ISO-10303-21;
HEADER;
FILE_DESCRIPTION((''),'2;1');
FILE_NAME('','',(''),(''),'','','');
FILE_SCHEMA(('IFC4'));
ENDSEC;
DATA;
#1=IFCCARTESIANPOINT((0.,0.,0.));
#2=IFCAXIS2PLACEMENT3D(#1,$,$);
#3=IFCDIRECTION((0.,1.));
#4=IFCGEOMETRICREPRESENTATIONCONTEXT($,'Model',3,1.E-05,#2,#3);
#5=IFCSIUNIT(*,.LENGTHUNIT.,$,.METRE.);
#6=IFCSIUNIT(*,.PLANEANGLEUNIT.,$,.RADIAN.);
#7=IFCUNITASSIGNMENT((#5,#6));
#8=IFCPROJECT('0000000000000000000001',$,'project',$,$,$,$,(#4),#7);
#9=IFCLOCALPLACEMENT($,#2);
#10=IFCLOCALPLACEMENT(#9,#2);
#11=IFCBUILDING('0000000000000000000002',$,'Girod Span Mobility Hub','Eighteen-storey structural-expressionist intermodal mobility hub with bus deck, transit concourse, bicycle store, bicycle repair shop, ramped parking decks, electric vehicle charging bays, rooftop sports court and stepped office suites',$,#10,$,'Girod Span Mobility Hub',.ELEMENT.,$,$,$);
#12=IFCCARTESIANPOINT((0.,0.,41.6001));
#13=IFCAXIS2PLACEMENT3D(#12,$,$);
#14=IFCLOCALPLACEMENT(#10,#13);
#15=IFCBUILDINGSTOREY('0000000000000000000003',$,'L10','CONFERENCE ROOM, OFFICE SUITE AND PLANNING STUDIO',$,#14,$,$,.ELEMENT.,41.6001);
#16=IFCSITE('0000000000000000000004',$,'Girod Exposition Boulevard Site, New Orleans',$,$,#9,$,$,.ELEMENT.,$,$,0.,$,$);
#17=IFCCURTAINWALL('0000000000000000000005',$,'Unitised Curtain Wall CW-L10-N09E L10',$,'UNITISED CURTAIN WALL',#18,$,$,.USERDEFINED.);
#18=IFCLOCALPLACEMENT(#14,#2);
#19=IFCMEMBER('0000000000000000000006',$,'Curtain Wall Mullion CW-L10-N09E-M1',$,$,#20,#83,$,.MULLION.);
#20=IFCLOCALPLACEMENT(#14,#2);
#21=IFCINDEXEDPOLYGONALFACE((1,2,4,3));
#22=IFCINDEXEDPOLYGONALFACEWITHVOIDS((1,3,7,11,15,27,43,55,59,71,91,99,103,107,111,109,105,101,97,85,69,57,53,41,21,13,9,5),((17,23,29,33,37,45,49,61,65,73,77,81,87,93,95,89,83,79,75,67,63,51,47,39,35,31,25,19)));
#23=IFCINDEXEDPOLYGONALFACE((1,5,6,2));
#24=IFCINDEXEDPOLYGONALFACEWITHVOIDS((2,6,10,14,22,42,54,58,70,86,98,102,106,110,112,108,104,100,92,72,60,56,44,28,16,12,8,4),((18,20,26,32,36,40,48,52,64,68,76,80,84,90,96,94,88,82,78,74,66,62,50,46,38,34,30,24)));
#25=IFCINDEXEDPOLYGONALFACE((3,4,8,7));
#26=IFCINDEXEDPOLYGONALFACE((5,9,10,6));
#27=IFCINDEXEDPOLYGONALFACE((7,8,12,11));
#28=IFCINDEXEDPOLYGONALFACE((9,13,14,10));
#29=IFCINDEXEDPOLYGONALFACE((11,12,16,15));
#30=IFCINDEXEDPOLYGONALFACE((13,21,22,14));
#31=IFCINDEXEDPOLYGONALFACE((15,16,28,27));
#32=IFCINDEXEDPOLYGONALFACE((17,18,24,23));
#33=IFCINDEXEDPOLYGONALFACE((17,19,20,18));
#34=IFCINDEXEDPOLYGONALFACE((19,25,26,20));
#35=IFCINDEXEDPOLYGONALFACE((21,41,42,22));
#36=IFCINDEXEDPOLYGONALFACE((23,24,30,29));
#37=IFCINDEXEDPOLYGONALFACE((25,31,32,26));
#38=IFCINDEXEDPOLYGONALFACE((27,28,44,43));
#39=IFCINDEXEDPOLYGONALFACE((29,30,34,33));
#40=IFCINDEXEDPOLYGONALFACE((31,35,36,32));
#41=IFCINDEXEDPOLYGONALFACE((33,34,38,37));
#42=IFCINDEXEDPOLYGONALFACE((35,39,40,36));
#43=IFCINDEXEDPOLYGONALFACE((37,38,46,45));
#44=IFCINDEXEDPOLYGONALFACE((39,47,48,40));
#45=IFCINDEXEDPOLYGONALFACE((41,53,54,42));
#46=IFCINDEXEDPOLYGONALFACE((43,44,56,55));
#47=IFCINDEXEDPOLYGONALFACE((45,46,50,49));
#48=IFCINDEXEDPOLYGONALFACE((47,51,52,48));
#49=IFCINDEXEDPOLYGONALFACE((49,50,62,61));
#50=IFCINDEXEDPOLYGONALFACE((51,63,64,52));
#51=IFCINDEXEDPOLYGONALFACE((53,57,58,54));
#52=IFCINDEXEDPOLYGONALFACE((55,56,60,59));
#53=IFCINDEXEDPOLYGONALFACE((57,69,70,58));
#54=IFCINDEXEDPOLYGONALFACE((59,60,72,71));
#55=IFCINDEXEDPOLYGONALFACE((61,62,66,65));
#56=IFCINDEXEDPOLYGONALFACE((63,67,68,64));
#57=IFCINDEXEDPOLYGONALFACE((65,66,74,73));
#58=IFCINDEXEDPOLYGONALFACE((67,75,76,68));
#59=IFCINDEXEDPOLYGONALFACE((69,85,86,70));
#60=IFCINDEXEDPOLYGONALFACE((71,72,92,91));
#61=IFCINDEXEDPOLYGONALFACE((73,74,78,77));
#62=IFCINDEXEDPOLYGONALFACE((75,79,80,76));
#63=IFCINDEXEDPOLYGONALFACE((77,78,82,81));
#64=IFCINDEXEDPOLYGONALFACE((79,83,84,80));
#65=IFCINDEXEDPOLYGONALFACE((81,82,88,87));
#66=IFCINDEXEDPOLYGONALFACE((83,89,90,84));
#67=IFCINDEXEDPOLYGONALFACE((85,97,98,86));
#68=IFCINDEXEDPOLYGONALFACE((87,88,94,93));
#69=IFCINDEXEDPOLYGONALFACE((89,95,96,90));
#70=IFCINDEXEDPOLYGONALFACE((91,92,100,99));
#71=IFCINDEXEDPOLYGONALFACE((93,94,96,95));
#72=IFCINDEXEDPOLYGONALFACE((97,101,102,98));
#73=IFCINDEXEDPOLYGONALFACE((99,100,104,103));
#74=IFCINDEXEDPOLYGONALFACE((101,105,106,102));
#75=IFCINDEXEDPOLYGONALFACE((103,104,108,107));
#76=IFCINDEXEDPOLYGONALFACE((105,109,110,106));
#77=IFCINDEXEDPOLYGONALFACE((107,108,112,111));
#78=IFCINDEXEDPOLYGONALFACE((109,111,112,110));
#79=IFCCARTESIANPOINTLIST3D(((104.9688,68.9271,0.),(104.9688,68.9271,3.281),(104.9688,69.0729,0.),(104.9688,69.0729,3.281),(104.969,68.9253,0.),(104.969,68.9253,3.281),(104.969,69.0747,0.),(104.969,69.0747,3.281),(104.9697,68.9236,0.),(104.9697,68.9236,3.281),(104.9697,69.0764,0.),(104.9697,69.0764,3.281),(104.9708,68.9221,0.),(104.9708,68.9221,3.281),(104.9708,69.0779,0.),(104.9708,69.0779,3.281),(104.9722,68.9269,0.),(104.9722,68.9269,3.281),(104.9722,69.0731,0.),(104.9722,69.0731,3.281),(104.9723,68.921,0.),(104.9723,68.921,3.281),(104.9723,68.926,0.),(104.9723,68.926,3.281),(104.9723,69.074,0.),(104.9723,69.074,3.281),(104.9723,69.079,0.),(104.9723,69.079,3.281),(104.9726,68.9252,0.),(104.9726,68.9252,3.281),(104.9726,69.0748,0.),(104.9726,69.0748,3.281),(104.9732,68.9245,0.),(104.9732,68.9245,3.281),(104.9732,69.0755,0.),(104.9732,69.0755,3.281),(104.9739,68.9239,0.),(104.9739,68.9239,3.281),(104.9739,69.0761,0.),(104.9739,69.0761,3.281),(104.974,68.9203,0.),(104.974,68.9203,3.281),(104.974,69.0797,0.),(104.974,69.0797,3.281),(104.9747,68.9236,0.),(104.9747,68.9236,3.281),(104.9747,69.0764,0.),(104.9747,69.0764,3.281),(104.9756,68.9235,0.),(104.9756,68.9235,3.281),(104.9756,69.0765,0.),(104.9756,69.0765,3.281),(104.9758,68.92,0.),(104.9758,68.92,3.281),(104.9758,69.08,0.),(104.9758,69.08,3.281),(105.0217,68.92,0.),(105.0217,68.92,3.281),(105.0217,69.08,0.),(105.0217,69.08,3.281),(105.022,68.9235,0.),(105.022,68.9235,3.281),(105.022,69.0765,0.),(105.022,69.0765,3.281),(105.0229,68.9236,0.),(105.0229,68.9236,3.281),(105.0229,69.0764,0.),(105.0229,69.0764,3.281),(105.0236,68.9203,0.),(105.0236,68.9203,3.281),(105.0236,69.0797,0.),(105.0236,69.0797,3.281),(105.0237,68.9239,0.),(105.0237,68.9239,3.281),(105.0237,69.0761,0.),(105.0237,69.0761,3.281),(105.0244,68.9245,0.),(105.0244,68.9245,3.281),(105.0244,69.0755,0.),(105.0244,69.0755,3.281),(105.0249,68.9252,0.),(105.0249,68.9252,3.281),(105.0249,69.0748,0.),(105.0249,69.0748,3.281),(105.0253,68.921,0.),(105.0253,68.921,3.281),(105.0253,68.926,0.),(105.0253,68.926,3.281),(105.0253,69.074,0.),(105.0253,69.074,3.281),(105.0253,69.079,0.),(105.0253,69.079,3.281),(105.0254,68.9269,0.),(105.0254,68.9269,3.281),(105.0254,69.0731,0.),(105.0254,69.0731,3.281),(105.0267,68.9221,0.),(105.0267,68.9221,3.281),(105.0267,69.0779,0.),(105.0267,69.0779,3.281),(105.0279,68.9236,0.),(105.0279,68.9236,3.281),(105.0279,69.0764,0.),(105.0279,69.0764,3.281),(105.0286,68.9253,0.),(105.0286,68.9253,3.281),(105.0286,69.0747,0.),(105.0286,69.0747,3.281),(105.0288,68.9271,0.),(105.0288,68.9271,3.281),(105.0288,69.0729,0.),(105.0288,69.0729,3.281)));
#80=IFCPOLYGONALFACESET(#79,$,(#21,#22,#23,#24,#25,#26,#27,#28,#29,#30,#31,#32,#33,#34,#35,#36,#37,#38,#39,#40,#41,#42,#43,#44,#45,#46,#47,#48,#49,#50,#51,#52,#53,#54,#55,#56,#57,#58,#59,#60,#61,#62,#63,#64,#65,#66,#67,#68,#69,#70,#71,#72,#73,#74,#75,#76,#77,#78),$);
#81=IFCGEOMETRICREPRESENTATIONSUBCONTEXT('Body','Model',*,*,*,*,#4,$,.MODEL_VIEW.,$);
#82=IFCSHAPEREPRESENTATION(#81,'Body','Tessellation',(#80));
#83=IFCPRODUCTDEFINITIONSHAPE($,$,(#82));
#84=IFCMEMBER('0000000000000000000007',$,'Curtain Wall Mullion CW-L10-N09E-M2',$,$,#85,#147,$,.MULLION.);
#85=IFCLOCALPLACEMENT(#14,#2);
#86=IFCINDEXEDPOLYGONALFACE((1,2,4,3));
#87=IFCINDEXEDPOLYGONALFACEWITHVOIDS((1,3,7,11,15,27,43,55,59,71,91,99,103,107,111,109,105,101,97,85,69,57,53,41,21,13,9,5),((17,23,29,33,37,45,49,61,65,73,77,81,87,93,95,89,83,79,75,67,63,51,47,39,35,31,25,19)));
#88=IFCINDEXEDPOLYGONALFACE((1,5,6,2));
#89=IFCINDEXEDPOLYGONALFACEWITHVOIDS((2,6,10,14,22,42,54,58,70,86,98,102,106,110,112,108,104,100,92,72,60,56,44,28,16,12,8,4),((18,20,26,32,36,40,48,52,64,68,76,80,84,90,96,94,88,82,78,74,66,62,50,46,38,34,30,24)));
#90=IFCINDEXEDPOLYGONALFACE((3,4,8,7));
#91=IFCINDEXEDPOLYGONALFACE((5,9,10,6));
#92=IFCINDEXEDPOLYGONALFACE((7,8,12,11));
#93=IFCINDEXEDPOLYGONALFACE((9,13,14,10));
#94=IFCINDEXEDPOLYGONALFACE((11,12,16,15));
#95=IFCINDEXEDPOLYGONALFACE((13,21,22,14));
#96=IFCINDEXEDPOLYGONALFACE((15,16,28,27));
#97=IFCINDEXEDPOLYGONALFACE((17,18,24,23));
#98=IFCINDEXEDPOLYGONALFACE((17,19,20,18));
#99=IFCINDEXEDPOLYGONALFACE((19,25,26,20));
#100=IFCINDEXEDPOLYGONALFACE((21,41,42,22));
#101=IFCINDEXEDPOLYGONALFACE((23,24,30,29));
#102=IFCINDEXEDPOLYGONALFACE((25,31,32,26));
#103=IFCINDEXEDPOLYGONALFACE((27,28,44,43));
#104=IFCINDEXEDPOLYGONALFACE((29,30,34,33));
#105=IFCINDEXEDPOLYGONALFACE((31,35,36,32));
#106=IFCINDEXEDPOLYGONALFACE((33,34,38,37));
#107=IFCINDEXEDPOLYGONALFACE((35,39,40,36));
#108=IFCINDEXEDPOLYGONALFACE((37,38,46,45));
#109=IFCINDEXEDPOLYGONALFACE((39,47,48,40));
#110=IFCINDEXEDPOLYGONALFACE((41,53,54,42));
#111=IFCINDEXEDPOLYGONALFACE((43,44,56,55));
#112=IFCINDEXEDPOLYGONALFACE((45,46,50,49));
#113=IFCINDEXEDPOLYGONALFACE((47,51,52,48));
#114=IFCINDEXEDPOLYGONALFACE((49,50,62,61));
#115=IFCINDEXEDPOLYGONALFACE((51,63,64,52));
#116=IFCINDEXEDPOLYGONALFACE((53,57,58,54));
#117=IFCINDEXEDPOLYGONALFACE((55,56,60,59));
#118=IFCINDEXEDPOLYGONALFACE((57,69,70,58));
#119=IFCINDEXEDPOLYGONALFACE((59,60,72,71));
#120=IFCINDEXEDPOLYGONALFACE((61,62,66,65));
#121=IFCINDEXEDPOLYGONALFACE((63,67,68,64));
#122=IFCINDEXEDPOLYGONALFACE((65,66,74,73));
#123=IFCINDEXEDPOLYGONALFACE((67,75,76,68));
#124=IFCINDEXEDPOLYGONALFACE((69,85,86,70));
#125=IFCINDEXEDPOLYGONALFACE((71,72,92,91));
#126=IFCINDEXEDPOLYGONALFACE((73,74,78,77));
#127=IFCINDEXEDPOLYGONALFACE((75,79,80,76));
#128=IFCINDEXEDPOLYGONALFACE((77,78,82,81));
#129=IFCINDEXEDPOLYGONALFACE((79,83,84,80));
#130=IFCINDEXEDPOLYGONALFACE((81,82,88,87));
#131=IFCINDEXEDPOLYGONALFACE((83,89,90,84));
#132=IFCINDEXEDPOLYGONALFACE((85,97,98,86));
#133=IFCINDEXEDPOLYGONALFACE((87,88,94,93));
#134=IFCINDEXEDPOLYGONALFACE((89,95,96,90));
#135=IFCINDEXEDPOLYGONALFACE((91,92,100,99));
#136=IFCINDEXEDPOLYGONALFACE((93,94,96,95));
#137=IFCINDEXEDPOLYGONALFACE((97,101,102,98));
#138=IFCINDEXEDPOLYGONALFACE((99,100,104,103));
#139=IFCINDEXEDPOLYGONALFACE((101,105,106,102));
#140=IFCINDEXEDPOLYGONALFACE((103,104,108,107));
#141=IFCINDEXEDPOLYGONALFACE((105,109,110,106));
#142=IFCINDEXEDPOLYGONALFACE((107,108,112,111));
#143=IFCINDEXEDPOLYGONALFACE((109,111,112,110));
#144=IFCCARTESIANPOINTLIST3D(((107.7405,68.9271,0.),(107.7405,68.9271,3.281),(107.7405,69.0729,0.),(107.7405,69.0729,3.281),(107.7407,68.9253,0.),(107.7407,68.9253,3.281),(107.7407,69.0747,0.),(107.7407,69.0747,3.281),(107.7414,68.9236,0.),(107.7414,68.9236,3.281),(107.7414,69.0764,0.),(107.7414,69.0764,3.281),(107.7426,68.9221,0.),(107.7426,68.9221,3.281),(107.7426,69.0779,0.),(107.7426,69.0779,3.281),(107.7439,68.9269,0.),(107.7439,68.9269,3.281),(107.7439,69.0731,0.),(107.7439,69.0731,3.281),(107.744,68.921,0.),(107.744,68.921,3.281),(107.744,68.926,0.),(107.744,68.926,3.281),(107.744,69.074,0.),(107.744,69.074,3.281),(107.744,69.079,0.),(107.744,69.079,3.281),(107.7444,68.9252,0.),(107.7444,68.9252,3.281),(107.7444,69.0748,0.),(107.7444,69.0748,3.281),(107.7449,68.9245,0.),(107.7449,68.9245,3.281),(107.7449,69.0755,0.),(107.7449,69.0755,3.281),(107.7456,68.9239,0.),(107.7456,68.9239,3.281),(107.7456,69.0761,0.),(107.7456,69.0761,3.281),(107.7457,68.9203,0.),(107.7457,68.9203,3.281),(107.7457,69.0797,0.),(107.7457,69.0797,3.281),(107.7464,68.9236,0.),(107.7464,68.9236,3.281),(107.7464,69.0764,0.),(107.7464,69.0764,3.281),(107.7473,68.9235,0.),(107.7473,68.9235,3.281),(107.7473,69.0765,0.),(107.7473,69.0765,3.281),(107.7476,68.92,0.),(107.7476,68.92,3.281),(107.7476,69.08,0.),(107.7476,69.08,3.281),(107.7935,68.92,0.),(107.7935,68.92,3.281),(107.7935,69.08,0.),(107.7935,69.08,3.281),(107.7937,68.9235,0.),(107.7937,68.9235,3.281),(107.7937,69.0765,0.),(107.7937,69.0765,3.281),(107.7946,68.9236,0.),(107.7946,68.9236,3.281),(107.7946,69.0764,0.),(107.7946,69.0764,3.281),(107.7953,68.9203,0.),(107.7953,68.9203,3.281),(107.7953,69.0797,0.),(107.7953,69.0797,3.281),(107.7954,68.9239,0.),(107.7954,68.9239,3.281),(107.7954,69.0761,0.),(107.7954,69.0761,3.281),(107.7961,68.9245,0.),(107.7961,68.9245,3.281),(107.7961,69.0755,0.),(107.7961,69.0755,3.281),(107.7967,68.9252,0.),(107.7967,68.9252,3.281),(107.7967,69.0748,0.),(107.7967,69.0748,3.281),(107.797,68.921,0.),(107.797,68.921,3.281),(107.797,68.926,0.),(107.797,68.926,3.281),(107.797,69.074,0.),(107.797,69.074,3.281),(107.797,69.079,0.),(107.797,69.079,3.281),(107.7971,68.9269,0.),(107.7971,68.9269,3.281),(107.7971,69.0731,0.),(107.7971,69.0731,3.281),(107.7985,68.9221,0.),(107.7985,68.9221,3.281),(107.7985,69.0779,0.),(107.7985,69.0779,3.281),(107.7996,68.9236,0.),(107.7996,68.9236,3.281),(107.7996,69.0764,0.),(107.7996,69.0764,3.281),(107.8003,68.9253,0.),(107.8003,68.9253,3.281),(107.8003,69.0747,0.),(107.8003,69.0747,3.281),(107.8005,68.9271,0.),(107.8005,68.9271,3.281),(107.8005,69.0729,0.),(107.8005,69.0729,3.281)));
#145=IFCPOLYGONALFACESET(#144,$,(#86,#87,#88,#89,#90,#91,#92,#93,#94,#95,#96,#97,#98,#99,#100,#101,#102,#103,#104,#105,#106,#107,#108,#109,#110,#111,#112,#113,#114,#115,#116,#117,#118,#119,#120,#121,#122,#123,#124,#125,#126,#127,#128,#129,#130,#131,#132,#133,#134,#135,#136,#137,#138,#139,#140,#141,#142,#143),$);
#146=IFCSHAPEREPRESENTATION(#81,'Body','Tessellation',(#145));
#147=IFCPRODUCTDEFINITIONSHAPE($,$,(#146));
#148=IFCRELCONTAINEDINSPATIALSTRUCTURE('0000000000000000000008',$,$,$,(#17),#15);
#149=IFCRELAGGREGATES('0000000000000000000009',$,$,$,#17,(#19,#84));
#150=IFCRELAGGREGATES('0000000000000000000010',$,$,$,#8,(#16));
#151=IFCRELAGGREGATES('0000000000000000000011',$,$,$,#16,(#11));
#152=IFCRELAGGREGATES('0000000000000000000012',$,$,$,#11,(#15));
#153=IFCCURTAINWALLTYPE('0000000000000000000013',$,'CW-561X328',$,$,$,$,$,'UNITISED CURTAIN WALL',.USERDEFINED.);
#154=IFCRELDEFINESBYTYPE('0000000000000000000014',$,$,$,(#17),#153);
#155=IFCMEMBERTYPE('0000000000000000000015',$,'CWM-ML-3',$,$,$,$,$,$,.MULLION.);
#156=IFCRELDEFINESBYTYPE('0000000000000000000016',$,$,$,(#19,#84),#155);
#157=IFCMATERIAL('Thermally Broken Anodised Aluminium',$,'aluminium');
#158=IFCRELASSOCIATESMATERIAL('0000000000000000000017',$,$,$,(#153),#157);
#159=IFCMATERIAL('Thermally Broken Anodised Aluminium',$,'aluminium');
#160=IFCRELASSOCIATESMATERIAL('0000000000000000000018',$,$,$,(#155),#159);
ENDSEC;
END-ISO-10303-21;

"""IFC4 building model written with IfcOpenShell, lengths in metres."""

from ifc_helpers import new_model, si_unit, direction, frame, origin, origin_2d, place, context, subcontext, project, spatial, hollow_rectangle, extrude, material, material_profile, profile_set, type_object, element, aggregate, save


model = new_model("IFC4")

# Units and contexts
model_context = context("Model", 3, precision=1e-05, world=origin(), true_north=direction((0.0, 1.0)))
body_context = subcontext(model_context, "Body", "Model", "MODEL_VIEW")
ifc_project = project(units=[si_unit("LENGTHUNIT", "METRE"), si_unit("PLANEANGLEUNIT", "RADIAN")], contexts=[model_context])

# Site, building, storey
site_placement = place(None, origin())
site = spatial("IfcSite", under=ifc_project, at=site_placement, Name="Girod Exposition Boulevard Site, New Orleans", CompositionType="ELEMENT", RefElevation=0.0)
building_placement = place(site_placement, origin())
building = spatial("IfcBuilding", under=site, at=building_placement, Name="Girod Span Mobility Hub", Description="Eighteen-storey structural-expressionist intermodal mobility hub with bus deck, transit concourse, bicycle store, bicycle repair shop, ramped parking decks, electric vehicle charging bays, rooftop sports court and stepped office suites", LongName="Girod Span Mobility Hub", CompositionType="ELEMENT")
storey_placement = place(building_placement, frame((0.0, 0.0, 41.6001)))
storey = spatial("IfcBuildingStorey", under=building, at=storey_placement, Name="L10", Description="CONFERENCE ROOM, OFFICE SUITE AND PLANNING STUDIO", CompositionType="ELEMENT", Elevation=41.6001)

# Curtain wall, members
ifc_material_1 = material(Name="Thermally Broken Anodised Aluminium", Category="aluminium")
curtain_wall_type = type_object("IfcCurtainWallType", Name="CW-561X328", ElementType="UNITISED CURTAIN WALL", PredefinedType="USERDEFINED", material=ifc_material_1)
ifc_material_2 = material(Name="Thermally Broken Anodised Aluminium", Category="aluminium")
ifc_material_profile_1 = material_profile(ifc_material_2, hollow_rectangle(XDim=0.1599, YDim=0.0601, WallThickness=0.0034, InnerFilletRadius=0.0034, OuterFilletRadius=0.0071, at=origin_2d()), Name="CW-ML-60X160")
ifc_profile_set_1 = profile_set([ifc_material_profile_1], Name="Thermally Broken Anodised Aluminium")
member_type_1 = type_object("IfcMemberType", Name="CWM-ML-3", PredefinedType="MULLION", material=ifc_profile_set_1)
curtain_wall_1_placement = place(storey_placement, origin())
curtain_wall_1 = element("IfcCurtainWall", 1, at=curtain_wall_1_placement, inside=storey, type_object=curtain_wall_type, Name="Unitised Curtain Wall CW-L10-N09E L10", ObjectType="UNITISED CURTAIN WALL", PredefinedType="USERDEFINED")
member_1_placement = place(storey_placement, frame((104.9988, 69.0, 0.0), z_axis=(0.0, 0.0, 1.0), x_axis=(0.0, 1.0, 0.0)))
member_1 = element("IfcMember", 2, at=member_1_placement, type_object=member_type_1, Name="Curtain Wall Mullion CW-L10-N09E-M1", PredefinedType="MULLION", context=body_context, shape_type="SweptSolid", body=[
    extrude(hollow_rectangle(XDim=0.1599, YDim=0.0601, WallThickness=0.0034, InnerFilletRadius=0.0034, OuterFilletRadius=0.0071, at=origin_2d()), origin(), (0.0, 0.0, 1.0), 3.281),
])
member_2_placement = place(storey_placement, frame((107.7705, 69.0, 0.0), z_axis=(0.0, 0.0, 1.0), x_axis=(0.0, 1.0, 0.0)))
member_2 = element("IfcMember", 3, at=member_2_placement, type_object=member_type_1, Name="Curtain Wall Mullion CW-L10-N09E-M2", PredefinedType="MULLION", context=body_context, shape_type="SweptSolid", body=[
    extrude(hollow_rectangle(XDim=0.1599, YDim=0.0601, WallThickness=0.0034, InnerFilletRadius=0.0034, OuterFilletRadius=0.0071, at=origin_2d()), origin(), (0.0, 0.0, 1.0), 3.281),
])

aggregate(curtain_wall_1, [member_1, member_2])

save(model, "model.ifc")
